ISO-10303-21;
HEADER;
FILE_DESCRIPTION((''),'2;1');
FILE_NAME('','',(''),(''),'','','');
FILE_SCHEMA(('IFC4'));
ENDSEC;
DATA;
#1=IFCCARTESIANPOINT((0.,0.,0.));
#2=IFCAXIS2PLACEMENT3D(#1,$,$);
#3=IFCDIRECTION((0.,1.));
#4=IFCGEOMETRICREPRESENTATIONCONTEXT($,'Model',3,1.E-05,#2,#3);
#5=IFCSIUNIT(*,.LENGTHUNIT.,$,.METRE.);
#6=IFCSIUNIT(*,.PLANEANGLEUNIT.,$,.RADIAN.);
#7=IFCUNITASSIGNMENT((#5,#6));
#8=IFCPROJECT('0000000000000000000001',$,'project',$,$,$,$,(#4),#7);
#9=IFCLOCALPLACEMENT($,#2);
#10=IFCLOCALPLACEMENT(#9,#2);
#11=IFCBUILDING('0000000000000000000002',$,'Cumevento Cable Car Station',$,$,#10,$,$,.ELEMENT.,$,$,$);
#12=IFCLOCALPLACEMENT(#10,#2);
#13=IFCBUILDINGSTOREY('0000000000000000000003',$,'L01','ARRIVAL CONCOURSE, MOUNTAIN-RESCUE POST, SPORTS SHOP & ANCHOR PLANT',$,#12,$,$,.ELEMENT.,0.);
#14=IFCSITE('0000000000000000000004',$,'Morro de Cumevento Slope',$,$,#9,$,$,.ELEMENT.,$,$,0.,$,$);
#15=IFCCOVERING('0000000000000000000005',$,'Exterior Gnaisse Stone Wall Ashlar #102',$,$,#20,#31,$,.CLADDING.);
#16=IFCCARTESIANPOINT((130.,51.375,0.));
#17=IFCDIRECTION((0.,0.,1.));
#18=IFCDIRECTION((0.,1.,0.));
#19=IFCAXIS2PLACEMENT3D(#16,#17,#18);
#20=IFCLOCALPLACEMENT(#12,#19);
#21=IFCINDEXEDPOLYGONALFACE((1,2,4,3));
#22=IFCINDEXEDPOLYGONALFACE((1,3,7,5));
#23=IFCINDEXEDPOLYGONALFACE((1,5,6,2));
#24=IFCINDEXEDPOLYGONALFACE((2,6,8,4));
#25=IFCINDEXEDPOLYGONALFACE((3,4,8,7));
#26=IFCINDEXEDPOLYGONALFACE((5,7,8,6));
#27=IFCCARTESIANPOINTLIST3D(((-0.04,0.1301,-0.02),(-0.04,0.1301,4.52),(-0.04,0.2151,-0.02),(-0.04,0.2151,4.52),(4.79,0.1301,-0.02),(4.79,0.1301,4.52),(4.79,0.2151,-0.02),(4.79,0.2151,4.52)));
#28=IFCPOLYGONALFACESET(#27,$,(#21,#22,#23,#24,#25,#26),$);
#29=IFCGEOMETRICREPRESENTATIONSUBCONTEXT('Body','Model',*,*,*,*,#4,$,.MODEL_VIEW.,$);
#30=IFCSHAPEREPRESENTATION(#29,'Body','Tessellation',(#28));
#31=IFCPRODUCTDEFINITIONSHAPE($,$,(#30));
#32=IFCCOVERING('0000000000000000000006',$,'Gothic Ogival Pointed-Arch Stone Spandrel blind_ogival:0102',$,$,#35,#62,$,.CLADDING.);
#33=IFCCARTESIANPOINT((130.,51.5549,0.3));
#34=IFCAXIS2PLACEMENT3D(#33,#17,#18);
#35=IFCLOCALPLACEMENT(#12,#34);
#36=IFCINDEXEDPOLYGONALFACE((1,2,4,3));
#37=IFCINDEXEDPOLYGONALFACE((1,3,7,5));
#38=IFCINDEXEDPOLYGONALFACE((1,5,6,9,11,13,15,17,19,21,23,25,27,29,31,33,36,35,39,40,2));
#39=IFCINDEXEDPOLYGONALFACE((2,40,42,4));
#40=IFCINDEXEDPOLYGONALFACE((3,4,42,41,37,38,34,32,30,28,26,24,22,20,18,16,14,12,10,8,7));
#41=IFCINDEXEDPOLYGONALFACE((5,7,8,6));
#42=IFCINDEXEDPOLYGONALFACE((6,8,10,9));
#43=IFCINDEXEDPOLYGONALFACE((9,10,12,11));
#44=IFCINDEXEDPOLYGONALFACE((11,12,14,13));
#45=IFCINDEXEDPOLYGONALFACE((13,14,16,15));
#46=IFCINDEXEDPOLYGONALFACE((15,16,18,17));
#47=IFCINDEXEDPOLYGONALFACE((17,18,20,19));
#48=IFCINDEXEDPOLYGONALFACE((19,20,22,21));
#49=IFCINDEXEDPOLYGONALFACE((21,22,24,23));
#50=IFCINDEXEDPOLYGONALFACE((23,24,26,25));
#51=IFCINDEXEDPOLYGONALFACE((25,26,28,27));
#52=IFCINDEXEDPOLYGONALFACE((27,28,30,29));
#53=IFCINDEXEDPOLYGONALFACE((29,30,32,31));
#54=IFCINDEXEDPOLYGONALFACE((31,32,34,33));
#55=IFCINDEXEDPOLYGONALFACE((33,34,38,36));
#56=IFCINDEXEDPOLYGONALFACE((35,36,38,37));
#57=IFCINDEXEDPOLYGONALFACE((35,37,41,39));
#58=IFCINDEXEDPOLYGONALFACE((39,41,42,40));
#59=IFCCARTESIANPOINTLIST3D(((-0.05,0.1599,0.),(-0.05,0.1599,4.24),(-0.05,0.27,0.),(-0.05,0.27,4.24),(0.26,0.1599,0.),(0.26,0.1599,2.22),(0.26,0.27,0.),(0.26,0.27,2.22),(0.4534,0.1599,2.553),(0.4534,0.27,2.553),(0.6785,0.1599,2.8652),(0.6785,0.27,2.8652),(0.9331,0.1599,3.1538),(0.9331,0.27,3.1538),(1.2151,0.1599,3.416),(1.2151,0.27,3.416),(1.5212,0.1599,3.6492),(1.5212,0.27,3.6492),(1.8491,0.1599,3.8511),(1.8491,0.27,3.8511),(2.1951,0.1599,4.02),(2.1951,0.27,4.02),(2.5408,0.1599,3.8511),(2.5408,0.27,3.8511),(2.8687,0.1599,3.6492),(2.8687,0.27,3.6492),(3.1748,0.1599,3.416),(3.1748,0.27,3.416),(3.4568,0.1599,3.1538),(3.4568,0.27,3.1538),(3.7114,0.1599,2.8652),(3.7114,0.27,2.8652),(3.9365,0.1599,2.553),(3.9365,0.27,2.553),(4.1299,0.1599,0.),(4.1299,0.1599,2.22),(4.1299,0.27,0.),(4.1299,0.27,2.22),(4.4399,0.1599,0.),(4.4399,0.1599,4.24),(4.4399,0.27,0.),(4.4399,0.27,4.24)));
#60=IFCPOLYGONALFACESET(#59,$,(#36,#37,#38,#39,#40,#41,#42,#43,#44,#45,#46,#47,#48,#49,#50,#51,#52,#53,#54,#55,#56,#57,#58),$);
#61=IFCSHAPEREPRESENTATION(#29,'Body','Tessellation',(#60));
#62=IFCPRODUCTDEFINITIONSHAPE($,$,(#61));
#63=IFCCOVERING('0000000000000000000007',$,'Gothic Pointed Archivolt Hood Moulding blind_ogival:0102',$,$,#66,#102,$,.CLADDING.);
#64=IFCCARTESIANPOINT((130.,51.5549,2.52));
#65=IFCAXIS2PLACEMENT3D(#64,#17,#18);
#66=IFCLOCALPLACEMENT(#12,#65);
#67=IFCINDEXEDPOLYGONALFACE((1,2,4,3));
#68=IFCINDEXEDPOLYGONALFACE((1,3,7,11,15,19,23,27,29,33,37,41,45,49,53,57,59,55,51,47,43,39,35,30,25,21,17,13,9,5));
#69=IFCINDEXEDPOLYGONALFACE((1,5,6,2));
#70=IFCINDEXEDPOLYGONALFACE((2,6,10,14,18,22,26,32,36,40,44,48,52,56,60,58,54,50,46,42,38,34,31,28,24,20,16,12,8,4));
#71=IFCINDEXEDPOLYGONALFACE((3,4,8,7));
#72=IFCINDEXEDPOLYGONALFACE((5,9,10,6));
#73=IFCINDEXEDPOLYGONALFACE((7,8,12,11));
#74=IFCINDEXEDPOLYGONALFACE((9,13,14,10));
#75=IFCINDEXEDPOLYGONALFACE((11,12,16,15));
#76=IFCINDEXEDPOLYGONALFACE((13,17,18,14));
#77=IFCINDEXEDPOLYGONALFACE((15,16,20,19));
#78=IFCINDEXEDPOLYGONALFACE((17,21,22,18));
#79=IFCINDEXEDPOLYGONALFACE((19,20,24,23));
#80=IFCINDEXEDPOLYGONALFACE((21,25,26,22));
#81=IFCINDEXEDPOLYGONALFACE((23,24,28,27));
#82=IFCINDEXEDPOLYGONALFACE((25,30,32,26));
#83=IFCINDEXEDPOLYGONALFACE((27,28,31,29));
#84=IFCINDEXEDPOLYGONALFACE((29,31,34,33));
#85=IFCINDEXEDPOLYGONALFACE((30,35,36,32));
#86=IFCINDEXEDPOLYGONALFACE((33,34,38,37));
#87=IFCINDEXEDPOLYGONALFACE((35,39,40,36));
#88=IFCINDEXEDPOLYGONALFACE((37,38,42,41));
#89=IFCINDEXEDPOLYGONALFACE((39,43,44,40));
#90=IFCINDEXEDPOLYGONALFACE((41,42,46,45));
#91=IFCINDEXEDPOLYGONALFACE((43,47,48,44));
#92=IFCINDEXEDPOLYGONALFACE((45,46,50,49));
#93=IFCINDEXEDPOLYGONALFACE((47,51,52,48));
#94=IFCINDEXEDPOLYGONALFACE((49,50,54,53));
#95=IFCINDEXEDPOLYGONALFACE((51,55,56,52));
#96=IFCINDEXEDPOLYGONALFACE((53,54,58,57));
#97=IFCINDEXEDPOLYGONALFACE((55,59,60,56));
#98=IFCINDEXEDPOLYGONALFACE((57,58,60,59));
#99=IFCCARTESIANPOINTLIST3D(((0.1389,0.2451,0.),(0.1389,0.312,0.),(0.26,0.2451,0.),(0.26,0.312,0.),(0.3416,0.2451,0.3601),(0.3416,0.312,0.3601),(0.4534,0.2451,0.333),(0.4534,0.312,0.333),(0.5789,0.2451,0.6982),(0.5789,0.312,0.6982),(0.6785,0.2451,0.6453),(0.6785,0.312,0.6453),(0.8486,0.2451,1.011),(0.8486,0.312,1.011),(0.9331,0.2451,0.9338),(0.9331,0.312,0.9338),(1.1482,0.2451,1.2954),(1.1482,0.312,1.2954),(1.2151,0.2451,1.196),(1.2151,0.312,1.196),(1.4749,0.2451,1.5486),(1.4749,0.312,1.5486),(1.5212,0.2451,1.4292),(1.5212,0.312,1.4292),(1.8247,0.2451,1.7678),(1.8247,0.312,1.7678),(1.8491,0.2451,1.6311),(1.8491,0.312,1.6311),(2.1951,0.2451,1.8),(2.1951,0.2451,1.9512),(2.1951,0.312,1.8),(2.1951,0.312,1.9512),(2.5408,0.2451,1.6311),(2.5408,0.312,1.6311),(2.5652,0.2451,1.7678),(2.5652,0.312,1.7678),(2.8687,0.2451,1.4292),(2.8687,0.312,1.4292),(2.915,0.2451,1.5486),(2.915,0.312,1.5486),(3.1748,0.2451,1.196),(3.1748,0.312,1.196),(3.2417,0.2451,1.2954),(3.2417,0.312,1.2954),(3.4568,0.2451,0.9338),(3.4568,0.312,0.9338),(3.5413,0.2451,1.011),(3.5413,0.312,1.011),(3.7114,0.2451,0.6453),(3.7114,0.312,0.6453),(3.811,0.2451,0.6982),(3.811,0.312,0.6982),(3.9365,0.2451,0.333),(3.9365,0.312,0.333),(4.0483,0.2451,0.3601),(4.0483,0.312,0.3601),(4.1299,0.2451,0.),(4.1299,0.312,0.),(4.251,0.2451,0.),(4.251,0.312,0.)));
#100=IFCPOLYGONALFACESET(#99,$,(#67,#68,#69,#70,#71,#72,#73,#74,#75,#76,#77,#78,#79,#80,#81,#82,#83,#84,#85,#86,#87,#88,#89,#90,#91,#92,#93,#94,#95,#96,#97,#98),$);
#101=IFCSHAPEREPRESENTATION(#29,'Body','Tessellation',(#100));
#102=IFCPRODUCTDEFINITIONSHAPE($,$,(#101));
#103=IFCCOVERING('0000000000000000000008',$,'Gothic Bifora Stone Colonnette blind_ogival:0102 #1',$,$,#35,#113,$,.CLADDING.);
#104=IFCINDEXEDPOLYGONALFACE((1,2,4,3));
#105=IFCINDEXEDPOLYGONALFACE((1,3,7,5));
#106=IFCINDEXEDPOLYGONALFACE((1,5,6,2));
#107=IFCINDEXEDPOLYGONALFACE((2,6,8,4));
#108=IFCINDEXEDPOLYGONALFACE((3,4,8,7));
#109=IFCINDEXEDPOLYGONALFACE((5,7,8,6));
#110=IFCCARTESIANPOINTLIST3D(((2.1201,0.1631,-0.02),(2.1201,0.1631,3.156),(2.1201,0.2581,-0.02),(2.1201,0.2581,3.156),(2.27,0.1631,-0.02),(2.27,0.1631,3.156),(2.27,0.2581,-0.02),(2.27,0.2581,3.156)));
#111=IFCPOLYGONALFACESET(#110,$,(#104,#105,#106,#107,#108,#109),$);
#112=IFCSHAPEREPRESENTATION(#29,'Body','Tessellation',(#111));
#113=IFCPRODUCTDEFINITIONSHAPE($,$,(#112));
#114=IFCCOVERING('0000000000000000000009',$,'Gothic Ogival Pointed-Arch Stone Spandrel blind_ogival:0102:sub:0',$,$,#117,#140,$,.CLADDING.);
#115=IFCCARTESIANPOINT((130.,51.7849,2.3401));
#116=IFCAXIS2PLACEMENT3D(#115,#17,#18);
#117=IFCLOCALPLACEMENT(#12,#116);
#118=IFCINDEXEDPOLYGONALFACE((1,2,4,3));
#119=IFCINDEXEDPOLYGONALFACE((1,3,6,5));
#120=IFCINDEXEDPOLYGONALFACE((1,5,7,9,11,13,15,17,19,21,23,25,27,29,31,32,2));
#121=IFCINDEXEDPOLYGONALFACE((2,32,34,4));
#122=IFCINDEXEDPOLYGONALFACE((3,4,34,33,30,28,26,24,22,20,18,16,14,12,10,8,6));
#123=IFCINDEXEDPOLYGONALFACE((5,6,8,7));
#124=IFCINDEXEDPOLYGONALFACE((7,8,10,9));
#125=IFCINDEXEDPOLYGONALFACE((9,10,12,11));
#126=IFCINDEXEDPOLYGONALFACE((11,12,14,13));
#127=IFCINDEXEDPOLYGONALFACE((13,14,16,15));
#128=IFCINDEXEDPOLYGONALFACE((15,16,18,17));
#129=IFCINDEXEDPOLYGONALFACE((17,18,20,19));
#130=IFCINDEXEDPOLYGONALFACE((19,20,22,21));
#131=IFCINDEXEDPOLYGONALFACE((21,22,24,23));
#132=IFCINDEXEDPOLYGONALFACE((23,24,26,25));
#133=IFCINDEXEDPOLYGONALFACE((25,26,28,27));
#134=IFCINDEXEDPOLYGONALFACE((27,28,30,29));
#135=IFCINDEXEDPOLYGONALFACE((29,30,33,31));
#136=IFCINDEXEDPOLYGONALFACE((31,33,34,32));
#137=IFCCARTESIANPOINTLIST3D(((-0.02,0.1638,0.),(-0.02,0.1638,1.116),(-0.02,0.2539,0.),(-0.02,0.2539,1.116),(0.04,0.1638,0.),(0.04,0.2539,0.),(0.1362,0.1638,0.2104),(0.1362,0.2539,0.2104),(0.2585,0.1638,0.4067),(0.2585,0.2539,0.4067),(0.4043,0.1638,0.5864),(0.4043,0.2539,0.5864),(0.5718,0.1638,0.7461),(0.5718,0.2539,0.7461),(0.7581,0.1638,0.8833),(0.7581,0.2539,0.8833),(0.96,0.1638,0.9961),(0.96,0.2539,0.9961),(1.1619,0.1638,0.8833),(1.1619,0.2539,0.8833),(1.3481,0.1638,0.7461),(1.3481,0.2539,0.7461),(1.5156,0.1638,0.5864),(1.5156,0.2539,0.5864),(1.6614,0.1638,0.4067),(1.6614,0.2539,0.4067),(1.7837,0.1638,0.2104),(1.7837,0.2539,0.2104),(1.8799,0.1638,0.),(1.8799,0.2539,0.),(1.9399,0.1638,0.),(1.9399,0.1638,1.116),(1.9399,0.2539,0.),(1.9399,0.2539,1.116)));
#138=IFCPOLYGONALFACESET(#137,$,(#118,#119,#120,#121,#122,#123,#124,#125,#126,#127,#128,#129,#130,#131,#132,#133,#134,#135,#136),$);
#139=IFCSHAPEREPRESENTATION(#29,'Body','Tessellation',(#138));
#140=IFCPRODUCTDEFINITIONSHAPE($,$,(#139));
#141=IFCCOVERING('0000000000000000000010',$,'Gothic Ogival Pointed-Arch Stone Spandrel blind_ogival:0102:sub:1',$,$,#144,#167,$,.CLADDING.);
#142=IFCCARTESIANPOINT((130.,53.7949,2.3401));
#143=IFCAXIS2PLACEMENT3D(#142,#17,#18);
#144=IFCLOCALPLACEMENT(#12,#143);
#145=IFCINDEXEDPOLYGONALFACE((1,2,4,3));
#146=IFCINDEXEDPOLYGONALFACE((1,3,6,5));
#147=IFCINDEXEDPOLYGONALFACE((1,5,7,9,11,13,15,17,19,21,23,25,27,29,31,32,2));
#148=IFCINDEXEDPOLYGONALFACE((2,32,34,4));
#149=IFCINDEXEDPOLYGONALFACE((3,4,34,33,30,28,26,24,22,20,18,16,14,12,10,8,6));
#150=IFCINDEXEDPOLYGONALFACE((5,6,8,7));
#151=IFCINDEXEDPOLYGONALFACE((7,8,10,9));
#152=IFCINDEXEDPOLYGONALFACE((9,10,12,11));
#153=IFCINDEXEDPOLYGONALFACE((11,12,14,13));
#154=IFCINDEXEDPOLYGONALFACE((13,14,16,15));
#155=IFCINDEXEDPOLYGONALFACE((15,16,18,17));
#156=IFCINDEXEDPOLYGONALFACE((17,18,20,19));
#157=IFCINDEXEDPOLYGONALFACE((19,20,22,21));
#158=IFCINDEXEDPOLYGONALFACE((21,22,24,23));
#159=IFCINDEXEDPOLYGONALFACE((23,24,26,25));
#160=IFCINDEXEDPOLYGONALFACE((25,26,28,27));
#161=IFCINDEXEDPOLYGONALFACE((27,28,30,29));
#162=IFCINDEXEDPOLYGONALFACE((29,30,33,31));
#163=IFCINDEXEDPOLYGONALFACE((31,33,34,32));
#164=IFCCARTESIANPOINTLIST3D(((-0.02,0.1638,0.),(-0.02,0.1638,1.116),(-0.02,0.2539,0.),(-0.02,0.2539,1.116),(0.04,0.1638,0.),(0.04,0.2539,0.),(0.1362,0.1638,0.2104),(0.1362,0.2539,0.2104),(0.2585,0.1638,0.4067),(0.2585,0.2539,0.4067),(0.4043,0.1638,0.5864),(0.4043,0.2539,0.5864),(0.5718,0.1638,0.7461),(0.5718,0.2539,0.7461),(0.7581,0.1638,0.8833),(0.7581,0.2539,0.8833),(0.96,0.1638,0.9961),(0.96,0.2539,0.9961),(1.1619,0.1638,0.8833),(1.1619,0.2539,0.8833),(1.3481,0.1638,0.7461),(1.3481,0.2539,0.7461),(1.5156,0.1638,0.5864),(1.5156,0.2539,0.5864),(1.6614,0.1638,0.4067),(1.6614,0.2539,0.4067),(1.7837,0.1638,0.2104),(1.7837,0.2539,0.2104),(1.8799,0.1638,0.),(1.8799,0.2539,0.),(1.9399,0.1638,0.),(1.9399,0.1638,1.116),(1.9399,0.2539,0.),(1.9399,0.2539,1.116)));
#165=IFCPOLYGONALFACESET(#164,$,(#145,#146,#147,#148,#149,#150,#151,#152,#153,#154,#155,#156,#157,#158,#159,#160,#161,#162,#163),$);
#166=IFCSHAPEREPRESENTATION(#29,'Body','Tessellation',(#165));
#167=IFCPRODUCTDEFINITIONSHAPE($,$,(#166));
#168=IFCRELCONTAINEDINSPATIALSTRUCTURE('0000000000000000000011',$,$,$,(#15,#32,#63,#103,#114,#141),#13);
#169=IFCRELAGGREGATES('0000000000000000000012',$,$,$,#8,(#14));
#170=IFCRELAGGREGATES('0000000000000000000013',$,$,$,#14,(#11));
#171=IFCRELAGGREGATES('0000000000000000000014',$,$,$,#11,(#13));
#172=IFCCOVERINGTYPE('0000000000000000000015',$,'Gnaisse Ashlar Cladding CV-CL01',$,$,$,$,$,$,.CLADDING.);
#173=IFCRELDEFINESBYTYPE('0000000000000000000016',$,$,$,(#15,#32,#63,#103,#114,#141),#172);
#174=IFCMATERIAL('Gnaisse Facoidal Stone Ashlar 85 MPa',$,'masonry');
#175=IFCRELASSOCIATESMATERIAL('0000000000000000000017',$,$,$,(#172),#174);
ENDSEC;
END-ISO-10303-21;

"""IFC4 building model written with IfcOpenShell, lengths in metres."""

from ifc_helpers import new_model, si_unit, direction, frame, origin, place, context, subcontext, project, spatial, polyline, outline, extrude, material, type_object, element, save


model = new_model("IFC4")

# Units and contexts
model_context = context("Model", 3, precision=1e-05, world=origin(), true_north=direction((0.0, 1.0)))
body_context = subcontext(model_context, "Body", "Model", "MODEL_VIEW")
ifc_project = project(units=[si_unit("LENGTHUNIT", "METRE"), si_unit("PLANEANGLEUNIT", "RADIAN")], contexts=[model_context])

# Site, building, storey
site_placement = place(None, origin())
site = spatial("IfcSite", under=ifc_project, at=site_placement, Name="Morro de Cumevento Slope", CompositionType="ELEMENT", RefElevation=0.0)
building_placement = place(site_placement, origin())
building = spatial("IfcBuilding", under=site, at=building_placement, Name="Cumevento Cable Car Station", CompositionType="ELEMENT")
storey_placement = place(building_placement, origin())
storey = spatial("IfcBuildingStorey", under=building, at=storey_placement, Name="L01", Description="ARRIVAL CONCOURSE, MOUNTAIN-RESCUE POST, SPORTS SHOP & ANCHOR PLANT", CompositionType="ELEMENT", Elevation=0.0)

# Coverings
ifc_material_1 = material(Name="Gnaisse Facoidal Stone Ashlar 85 MPa", Category="masonry")
covering_type = type_object("IfcCoveringType", Name="Gnaisse Ashlar Cladding CV-CL01", PredefinedType="CLADDING", material=ifc_material_1)
covering_1_placement = place(storey_placement, frame((130.0, 51.375, 0.0), z_axis=(0.0, 0.0, 1.0), x_axis=(0.0, 1.0, 0.0)))
element("IfcCovering", 1, at=covering_1_placement, inside=storey, type_object=covering_type, Name="Exterior Gnaisse Stone Wall Ashlar #102", PredefinedType="CLADDING", context=body_context, shape_type="SweptSolid", body=[
    extrude(outline(polyline([(-0.04, -0.02), (4.79, -0.02), (4.79, 4.52), (-0.04, 4.52), (-0.04, -0.02)])), frame((0.0, 0.2151, 0.0), z_axis=(0.0, -1.0, 0.0), x_axis=(1.0, 0.0, 0.0)), (0.0, 0.0, 1.0), 0.085),
])
placement = place(storey_placement, frame((130.0, 51.5549, 0.3), z_axis=(0.0, 0.0, 1.0), x_axis=(0.0, 1.0, 0.0)))
element("IfcCovering", 2, at=placement, inside=storey, type_object=covering_type, Name="Gothic Ogival Pointed-Arch Stone Spandrel blind_ogival:0102", PredefinedType="CLADDING", context=body_context, shape_type="SweptSolid", body=[
    extrude(outline(polyline([(-0.05, 0.0), (-0.05, 4.24), (4.4399, 4.24), (4.4399, 0.0), (4.1299, 0.0), (4.1299, 2.22), (3.9365, 2.553), (3.7114, 2.8652), (3.4568, 3.1538), (3.1748, 3.416), (2.8687, 3.6492), (2.5408, 3.8511), (2.1951, 4.02), (1.8491, 3.8511), (1.5212, 3.6492), (1.2151, 3.416), (0.9331, 3.1538), (0.6785, 2.8652), (0.4534, 2.553), (0.26, 2.22), (0.26, 0.0), (-0.05, 0.0)])), frame((0.0, 0.27, 0.0), z_axis=(0.0, -1.0, 0.0), x_axis=(1.0, 0.0, 0.0)), (0.0, 0.0, 1.0), 0.1101),
])
covering_2_placement = place(storey_placement, frame((130.0, 51.5549, 2.52), z_axis=(0.0, 0.0, 1.0), x_axis=(0.0, 1.0, 0.0)))
element("IfcCovering", 3, at=covering_2_placement, inside=storey, type_object=covering_type, Name="Gothic Pointed Archivolt Hood Moulding blind_ogival:0102", PredefinedType="CLADDING", context=body_context, shape_type="SweptSolid", body=[
    extrude(outline(polyline([(0.26, 0.0), (0.4534, 0.333), (0.6785, 0.6453), (0.9331, 0.9338), (1.2151, 1.196), (1.5212, 1.4292), (1.8491, 1.6311), (2.1951, 1.8), (2.5408, 1.6311), (2.8687, 1.4292), (3.1748, 1.196), (3.4568, 0.9338), (3.7114, 0.6453), (3.9365, 0.333), (4.1299, 0.0), (4.251, 0.0), (4.0483, 0.3601), (3.811, 0.6982), (3.5413, 1.011), (3.2417, 1.2954), (2.915, 1.5486), (2.5652, 1.7678), (2.1951, 1.9512), (1.8247, 1.7678), (1.4749, 1.5486), (1.1482, 1.2954), (0.8486, 1.011), (0.5789, 0.6982), (0.3416, 0.3601), (0.1389, 0.0), (0.26, 0.0)])), frame((0.0, 0.312, 0.0), z_axis=(0.0, -1.0, 0.0), x_axis=(1.0, 0.0, 0.0)), (0.0, 0.0, 1.0), 0.0669),
])
element("IfcCovering", 4, at=placement, inside=storey, type_object=covering_type, Name="Gothic Bifora Stone Colonnette blind_ogival:0102 #1", PredefinedType="CLADDING", context=body_context, shape_type="SweptSolid", body=[
    extrude(outline(polyline([(2.1201, -0.02), (2.27, -0.02), (2.27, 3.156), (2.1201, 3.156), (2.1201, -0.02)])), frame((0.0, 0.2581, 0.0), z_axis=(0.0, -1.0, 0.0), x_axis=(1.0, 0.0, 0.0)), (0.0, 0.0, 1.0), 0.095),
])
for number, where, z_axis, x_axis, name in (
    (5, (130.0, 51.7849, 2.3401), (0.0, 0.0, 1.0), (0.0, 1.0, 0.0), "Gothic Ogival Pointed-Arch Stone Spandrel blind_ogival:0102:sub:0"),
    (6, (130.0, 53.7949, 2.3401), (0.0, 0.0, 1.0), (0.0, 1.0, 0.0), "Gothic Ogival Pointed-Arch Stone Spandrel blind_ogival:0102:sub:1"),
):
    element("IfcCovering", number, at=place(storey_placement, frame(where, z_axis=z_axis, x_axis=x_axis)), inside=storey, type_object=covering_type, Name=name, PredefinedType="CLADDING", context=body_context, shape_type="SweptSolid", body=[
        extrude(outline(polyline([(-0.02, 0.0), (-0.02, 1.116), (1.9399, 1.116), (1.9399, 0.0), (1.8799, 0.0), (1.7837, 0.2104), (1.6614, 0.4067), (1.5156, 0.5864), (1.3481, 0.7461), (1.1619, 0.8833), (0.96, 0.9961), (0.7581, 0.8833), (0.5718, 0.7461), (0.4043, 0.5864), (0.2585, 0.4067), (0.1362, 0.2104), (0.04, 0.0), (-0.02, 0.0)])), frame((0.0, 0.2539, 0.0), z_axis=(0.0, -1.0, 0.0), x_axis=(1.0, 0.0, 0.0)), (0.0, 0.0, 1.0), 0.0901),
    ])

save(model, "model.ifc")
